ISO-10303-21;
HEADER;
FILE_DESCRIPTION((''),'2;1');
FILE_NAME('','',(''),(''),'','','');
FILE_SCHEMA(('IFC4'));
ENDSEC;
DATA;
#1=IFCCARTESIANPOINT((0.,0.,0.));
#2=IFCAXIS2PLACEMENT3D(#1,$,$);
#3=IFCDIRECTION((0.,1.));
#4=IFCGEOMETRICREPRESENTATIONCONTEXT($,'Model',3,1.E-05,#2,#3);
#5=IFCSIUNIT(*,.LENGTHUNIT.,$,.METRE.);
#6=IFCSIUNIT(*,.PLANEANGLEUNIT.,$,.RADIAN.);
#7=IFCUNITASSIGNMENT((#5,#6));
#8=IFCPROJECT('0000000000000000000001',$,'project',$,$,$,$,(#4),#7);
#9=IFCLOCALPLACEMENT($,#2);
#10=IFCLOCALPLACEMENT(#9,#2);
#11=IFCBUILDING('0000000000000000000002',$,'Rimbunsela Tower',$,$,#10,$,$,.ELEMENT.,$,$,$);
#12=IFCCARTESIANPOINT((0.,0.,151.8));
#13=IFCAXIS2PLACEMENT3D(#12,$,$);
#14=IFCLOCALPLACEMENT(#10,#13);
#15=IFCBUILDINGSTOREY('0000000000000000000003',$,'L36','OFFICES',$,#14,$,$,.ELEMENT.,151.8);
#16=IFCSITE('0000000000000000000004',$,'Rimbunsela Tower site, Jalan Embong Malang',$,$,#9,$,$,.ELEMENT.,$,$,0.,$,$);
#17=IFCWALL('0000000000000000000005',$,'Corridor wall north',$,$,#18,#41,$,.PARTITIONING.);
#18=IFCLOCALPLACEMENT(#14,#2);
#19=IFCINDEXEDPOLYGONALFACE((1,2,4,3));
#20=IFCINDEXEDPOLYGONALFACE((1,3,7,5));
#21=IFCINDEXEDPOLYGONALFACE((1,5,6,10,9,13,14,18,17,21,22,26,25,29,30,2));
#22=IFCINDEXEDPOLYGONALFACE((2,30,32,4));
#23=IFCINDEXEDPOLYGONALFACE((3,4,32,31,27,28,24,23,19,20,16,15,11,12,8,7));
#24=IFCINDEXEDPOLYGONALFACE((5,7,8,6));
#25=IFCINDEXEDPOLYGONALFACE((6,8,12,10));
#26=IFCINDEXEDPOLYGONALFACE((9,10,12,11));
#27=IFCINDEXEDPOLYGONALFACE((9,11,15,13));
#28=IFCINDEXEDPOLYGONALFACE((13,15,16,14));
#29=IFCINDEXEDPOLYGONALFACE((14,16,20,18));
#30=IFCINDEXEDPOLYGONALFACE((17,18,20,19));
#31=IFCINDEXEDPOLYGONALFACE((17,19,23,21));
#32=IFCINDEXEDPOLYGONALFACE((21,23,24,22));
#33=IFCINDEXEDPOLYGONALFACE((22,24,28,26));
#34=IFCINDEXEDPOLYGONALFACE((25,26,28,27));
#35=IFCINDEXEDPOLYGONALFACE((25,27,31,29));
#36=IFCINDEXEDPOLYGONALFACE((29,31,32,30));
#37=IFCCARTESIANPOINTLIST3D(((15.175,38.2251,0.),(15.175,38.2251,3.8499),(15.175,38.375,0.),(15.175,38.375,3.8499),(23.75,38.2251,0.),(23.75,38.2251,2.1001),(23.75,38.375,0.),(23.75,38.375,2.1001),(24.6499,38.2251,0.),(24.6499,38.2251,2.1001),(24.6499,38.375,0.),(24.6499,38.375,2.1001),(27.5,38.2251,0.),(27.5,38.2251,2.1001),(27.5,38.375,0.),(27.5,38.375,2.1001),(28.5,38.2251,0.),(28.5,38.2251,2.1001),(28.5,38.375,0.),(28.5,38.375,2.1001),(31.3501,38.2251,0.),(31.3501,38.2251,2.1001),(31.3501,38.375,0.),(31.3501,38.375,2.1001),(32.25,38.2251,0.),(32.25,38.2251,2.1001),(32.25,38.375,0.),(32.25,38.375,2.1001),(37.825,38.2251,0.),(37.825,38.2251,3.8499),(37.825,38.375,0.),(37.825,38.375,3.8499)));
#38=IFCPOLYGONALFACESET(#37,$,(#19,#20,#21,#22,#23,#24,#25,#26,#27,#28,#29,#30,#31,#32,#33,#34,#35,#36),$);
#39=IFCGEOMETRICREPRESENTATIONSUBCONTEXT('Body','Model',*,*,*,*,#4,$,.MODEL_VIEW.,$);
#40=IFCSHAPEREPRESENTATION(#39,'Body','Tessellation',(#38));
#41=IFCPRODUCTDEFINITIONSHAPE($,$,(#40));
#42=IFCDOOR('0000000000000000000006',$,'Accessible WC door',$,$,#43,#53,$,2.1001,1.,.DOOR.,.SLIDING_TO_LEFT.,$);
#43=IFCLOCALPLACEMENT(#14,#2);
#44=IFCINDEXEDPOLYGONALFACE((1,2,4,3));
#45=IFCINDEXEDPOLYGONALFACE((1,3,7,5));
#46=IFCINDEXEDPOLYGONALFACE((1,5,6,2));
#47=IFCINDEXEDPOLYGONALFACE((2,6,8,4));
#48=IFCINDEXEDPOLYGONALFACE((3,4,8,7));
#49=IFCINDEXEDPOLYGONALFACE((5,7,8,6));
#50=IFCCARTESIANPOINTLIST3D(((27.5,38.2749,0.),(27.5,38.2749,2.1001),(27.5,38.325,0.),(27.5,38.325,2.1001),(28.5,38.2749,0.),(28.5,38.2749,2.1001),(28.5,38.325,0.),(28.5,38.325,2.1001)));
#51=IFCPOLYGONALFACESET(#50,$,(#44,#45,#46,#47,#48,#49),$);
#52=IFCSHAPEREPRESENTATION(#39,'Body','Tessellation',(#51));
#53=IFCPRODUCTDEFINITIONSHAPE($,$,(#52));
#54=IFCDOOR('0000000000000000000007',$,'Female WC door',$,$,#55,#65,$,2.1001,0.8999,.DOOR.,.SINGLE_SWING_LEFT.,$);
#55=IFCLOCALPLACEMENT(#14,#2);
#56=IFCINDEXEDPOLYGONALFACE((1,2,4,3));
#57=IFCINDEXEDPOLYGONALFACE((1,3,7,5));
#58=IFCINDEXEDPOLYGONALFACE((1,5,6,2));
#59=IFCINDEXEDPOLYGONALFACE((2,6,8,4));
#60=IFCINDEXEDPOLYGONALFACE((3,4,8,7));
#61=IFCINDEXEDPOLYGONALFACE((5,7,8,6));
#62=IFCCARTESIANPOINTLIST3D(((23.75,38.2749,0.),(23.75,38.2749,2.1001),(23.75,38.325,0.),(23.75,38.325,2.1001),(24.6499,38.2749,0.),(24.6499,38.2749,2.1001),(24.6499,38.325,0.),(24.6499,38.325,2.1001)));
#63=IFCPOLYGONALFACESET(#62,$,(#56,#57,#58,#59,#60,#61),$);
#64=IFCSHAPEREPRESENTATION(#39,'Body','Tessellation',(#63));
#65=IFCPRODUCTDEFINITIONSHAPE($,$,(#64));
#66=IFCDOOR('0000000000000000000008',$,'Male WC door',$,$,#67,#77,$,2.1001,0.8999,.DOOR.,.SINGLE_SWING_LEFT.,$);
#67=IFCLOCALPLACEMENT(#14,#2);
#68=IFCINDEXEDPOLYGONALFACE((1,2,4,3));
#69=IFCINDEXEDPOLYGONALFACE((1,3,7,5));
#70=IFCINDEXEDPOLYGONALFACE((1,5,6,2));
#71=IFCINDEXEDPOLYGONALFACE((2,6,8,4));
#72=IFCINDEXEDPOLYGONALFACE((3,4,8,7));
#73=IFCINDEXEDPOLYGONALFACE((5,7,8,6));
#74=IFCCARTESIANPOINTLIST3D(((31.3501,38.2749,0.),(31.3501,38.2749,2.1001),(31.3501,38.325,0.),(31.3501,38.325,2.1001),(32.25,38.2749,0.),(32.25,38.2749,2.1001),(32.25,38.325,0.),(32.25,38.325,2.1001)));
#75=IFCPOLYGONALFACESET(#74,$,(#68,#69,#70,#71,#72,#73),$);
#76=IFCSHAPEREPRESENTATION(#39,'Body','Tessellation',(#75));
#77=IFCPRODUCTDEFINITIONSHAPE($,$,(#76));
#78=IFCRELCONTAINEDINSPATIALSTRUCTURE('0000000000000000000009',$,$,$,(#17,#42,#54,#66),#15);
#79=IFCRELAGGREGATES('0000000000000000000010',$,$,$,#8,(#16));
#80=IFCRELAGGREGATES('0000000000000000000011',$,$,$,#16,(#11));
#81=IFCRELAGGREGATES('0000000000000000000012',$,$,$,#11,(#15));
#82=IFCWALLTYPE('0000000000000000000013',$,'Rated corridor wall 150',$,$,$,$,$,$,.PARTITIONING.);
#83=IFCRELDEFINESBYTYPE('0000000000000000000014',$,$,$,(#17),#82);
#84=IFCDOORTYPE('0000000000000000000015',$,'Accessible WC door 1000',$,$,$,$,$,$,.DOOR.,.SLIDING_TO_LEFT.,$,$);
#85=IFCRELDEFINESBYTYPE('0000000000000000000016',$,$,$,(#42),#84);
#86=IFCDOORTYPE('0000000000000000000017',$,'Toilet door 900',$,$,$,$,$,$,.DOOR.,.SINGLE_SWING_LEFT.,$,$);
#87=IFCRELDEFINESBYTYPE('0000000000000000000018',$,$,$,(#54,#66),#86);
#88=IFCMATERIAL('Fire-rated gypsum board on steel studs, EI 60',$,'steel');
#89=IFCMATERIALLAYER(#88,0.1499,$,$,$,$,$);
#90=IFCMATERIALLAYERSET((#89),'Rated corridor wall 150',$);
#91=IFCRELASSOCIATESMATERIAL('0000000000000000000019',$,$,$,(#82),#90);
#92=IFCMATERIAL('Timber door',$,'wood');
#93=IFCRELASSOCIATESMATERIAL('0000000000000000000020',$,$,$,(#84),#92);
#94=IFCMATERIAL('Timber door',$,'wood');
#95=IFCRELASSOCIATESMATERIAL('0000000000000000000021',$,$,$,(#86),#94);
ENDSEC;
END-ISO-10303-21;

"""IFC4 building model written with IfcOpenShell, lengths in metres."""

from ifc_helpers import new_model, si_unit, direction, frame, frame_2d, origin, place, context, subcontext, project, spatial, rectangle, extrude, material, layer, layer_set, type_object, element, fill, save


model = new_model("IFC4")

# Units and contexts
model_context = context("Model", 3, precision=1e-05, world=origin(), true_north=direction((0.0, 1.0)))
body_context = subcontext(model_context, "Body", "Model", "MODEL_VIEW")
ifc_project = project(units=[si_unit("LENGTHUNIT", "METRE"), si_unit("PLANEANGLEUNIT", "RADIAN")], contexts=[model_context])

# Site, building, storey
site_placement = place(None, origin())
site = spatial("IfcSite", under=ifc_project, at=site_placement, Name="Rimbunsela Tower site, Jalan Embong Malang", CompositionType="ELEMENT", RefElevation=0.0)
building_placement = place(site_placement, origin())
building = spatial("IfcBuilding", under=site, at=building_placement, Name="Rimbunsela Tower", CompositionType="ELEMENT")
storey_placement = place(building_placement, frame((0.0, 0.0, 151.8)))
storey = spatial("IfcBuildingStorey", under=building, at=storey_placement, Name="L36", Description="OFFICES", CompositionType="ELEMENT", Elevation=151.8)

# Wall, openings, doors
ifc_material_1 = material(Name="Fire-rated gypsum board on steel studs, EI 60", Category="steel")
ifc_layer_1 = layer(ifc_material_1, 0.1499)
ifc_layer_set_1 = layer_set([ifc_layer_1], Name="Rated corridor wall 150")
wall_type_1 = type_object("IfcWallType", Name="Rated corridor wall 150", PredefinedType="PARTITIONING", material=ifc_layer_set_1)
wall_1_placement = place(storey_placement, frame((15.175, 38.3, 0.0), z_axis=(0.0, 0.0, 1.0), x_axis=(1.0, 0.0, 0.0)))
wall_1 = element("IfcWall", 1, at=wall_1_placement, inside=storey, type_object=wall_type_1, Name="Corridor wall north", PredefinedType="PARTITIONING", context=body_context, shape_type="SweptSolid", body=[
    extrude(rectangle(XDim=22.6499, YDim=0.1499, at=frame_2d((11.325, 0.0))), origin(), (0.0, 0.0, 1.0), 3.8499),
])
opening_1_placement = place(wall_1_placement, frame((8.575, 0.0, 0.0)))
opening_1 = element("IfcOpeningElement", 2, at=opening_1_placement, cuts=wall_1, PredefinedType="OPENING", context=body_context, shape_type="SweptSolid", body=[
    extrude(rectangle(XDim=0.8999, YDim=2.1001, at=frame_2d((0.45, 1.05))), frame((0.0, 0.085, 0.0), z_axis=(0.0, -1.0, 0.0), x_axis=(1.0, 0.0, 0.0)), (0.0, 0.0, 1.0), 0.1699),
])
opening_2_placement = place(wall_1_placement, frame((12.325, 0.0, 0.0)))
opening_2 = element("IfcOpeningElement", 3, at=opening_2_placement, cuts=wall_1, PredefinedType="OPENING", context=body_context, shape_type="SweptSolid", body=[
    extrude(rectangle(XDim=1.0, YDim=2.1001, at=frame_2d((0.5, 1.05))), frame((0.0, 0.085, 0.0), z_axis=(0.0, -1.0, 0.0), x_axis=(1.0, 0.0, 0.0)), (0.0, 0.0, 1.0), 0.1699),
])
opening_3_placement = place(wall_1_placement, frame((16.175, 0.0, 0.0)))
opening_3 = element("IfcOpeningElement", 4, at=opening_3_placement, cuts=wall_1, PredefinedType="OPENING", context=body_context, shape_type="SweptSolid", body=[
    extrude(rectangle(XDim=0.8999, YDim=2.1001, at=frame_2d((0.45, 1.05))), frame((0.0, 0.085, 0.0), z_axis=(0.0, -1.0, 0.0), x_axis=(1.0, 0.0, 0.0)), (0.0, 0.0, 1.0), 0.1699),
])
ifc_material_2 = material(Name="Timber door", Category="wood")
door_type_1 = type_object("IfcDoorType", Name="Accessible WC door 1000", OperationType="SLIDING_TO_LEFT", PredefinedType="DOOR", material=ifc_material_2)
door_1_placement = place(opening_2_placement, origin())
door_1 = element("IfcDoor", 5, at=door_1_placement, inside=storey, type_object=door_type_1, Name="Accessible WC door", OperationType="SLIDING_TO_LEFT", OverallHeight=2.1001, OverallWidth=1.0, PredefinedType="DOOR", context=body_context, shape_type="SweptSolid", body=[
    extrude(rectangle(XDim=1.0, YDim=2.1001, at=frame_2d((0.5, 1.05))), frame((0.0, 0.0249, 0.0), z_axis=(0.0, -1.0, 0.0), x_axis=(1.0, 0.0, 0.0)), (0.0, 0.0, 1.0), 0.05),
])
fill(opening_2, door_1)
ifc_material_3 = material(Name="Timber door", Category="wood")
door_type_2 = type_object("IfcDoorType", Name="Toilet door 900", OperationType="SINGLE_SWING_LEFT", PredefinedType="DOOR", material=ifc_material_3)
door_2_placement = place(opening_1_placement, origin())
door_2 = element("IfcDoor", 6, at=door_2_placement, inside=storey, type_object=door_type_2, Name="Female WC door", OperationType="SINGLE_SWING_LEFT", OverallHeight=2.1001, OverallWidth=0.8999, PredefinedType="DOOR", context=body_context, shape_type="SweptSolid", body=[
    extrude(rectangle(XDim=0.8999, YDim=2.1001, at=frame_2d((0.45, 1.05))), frame((0.0, 0.0249, 0.0), z_axis=(0.0, -1.0, 0.0), x_axis=(1.0, 0.0, 0.0)), (0.0, 0.0, 1.0), 0.05),
])
fill(opening_1, door_2)
door_3_placement = place(opening_3_placement, origin())
door_3 = element("IfcDoor", 7, at=door_3_placement, inside=storey, type_object=door_type_2, Name="Male WC door", OperationType="SINGLE_SWING_LEFT", OverallHeight=2.1001, OverallWidth=0.8999, PredefinedType="DOOR", context=body_context, shape_type="SweptSolid", body=[
    extrude(rectangle(XDim=0.8999, YDim=2.1001, at=frame_2d((0.45, 1.05))), frame((0.0, 0.0249, 0.0), z_axis=(0.0, -1.0, 0.0), x_axis=(1.0, 0.0, 0.0)), (0.0, 0.0, 1.0), 0.05),
])
fill(opening_3, door_3)

save(model, "model.ifc")
